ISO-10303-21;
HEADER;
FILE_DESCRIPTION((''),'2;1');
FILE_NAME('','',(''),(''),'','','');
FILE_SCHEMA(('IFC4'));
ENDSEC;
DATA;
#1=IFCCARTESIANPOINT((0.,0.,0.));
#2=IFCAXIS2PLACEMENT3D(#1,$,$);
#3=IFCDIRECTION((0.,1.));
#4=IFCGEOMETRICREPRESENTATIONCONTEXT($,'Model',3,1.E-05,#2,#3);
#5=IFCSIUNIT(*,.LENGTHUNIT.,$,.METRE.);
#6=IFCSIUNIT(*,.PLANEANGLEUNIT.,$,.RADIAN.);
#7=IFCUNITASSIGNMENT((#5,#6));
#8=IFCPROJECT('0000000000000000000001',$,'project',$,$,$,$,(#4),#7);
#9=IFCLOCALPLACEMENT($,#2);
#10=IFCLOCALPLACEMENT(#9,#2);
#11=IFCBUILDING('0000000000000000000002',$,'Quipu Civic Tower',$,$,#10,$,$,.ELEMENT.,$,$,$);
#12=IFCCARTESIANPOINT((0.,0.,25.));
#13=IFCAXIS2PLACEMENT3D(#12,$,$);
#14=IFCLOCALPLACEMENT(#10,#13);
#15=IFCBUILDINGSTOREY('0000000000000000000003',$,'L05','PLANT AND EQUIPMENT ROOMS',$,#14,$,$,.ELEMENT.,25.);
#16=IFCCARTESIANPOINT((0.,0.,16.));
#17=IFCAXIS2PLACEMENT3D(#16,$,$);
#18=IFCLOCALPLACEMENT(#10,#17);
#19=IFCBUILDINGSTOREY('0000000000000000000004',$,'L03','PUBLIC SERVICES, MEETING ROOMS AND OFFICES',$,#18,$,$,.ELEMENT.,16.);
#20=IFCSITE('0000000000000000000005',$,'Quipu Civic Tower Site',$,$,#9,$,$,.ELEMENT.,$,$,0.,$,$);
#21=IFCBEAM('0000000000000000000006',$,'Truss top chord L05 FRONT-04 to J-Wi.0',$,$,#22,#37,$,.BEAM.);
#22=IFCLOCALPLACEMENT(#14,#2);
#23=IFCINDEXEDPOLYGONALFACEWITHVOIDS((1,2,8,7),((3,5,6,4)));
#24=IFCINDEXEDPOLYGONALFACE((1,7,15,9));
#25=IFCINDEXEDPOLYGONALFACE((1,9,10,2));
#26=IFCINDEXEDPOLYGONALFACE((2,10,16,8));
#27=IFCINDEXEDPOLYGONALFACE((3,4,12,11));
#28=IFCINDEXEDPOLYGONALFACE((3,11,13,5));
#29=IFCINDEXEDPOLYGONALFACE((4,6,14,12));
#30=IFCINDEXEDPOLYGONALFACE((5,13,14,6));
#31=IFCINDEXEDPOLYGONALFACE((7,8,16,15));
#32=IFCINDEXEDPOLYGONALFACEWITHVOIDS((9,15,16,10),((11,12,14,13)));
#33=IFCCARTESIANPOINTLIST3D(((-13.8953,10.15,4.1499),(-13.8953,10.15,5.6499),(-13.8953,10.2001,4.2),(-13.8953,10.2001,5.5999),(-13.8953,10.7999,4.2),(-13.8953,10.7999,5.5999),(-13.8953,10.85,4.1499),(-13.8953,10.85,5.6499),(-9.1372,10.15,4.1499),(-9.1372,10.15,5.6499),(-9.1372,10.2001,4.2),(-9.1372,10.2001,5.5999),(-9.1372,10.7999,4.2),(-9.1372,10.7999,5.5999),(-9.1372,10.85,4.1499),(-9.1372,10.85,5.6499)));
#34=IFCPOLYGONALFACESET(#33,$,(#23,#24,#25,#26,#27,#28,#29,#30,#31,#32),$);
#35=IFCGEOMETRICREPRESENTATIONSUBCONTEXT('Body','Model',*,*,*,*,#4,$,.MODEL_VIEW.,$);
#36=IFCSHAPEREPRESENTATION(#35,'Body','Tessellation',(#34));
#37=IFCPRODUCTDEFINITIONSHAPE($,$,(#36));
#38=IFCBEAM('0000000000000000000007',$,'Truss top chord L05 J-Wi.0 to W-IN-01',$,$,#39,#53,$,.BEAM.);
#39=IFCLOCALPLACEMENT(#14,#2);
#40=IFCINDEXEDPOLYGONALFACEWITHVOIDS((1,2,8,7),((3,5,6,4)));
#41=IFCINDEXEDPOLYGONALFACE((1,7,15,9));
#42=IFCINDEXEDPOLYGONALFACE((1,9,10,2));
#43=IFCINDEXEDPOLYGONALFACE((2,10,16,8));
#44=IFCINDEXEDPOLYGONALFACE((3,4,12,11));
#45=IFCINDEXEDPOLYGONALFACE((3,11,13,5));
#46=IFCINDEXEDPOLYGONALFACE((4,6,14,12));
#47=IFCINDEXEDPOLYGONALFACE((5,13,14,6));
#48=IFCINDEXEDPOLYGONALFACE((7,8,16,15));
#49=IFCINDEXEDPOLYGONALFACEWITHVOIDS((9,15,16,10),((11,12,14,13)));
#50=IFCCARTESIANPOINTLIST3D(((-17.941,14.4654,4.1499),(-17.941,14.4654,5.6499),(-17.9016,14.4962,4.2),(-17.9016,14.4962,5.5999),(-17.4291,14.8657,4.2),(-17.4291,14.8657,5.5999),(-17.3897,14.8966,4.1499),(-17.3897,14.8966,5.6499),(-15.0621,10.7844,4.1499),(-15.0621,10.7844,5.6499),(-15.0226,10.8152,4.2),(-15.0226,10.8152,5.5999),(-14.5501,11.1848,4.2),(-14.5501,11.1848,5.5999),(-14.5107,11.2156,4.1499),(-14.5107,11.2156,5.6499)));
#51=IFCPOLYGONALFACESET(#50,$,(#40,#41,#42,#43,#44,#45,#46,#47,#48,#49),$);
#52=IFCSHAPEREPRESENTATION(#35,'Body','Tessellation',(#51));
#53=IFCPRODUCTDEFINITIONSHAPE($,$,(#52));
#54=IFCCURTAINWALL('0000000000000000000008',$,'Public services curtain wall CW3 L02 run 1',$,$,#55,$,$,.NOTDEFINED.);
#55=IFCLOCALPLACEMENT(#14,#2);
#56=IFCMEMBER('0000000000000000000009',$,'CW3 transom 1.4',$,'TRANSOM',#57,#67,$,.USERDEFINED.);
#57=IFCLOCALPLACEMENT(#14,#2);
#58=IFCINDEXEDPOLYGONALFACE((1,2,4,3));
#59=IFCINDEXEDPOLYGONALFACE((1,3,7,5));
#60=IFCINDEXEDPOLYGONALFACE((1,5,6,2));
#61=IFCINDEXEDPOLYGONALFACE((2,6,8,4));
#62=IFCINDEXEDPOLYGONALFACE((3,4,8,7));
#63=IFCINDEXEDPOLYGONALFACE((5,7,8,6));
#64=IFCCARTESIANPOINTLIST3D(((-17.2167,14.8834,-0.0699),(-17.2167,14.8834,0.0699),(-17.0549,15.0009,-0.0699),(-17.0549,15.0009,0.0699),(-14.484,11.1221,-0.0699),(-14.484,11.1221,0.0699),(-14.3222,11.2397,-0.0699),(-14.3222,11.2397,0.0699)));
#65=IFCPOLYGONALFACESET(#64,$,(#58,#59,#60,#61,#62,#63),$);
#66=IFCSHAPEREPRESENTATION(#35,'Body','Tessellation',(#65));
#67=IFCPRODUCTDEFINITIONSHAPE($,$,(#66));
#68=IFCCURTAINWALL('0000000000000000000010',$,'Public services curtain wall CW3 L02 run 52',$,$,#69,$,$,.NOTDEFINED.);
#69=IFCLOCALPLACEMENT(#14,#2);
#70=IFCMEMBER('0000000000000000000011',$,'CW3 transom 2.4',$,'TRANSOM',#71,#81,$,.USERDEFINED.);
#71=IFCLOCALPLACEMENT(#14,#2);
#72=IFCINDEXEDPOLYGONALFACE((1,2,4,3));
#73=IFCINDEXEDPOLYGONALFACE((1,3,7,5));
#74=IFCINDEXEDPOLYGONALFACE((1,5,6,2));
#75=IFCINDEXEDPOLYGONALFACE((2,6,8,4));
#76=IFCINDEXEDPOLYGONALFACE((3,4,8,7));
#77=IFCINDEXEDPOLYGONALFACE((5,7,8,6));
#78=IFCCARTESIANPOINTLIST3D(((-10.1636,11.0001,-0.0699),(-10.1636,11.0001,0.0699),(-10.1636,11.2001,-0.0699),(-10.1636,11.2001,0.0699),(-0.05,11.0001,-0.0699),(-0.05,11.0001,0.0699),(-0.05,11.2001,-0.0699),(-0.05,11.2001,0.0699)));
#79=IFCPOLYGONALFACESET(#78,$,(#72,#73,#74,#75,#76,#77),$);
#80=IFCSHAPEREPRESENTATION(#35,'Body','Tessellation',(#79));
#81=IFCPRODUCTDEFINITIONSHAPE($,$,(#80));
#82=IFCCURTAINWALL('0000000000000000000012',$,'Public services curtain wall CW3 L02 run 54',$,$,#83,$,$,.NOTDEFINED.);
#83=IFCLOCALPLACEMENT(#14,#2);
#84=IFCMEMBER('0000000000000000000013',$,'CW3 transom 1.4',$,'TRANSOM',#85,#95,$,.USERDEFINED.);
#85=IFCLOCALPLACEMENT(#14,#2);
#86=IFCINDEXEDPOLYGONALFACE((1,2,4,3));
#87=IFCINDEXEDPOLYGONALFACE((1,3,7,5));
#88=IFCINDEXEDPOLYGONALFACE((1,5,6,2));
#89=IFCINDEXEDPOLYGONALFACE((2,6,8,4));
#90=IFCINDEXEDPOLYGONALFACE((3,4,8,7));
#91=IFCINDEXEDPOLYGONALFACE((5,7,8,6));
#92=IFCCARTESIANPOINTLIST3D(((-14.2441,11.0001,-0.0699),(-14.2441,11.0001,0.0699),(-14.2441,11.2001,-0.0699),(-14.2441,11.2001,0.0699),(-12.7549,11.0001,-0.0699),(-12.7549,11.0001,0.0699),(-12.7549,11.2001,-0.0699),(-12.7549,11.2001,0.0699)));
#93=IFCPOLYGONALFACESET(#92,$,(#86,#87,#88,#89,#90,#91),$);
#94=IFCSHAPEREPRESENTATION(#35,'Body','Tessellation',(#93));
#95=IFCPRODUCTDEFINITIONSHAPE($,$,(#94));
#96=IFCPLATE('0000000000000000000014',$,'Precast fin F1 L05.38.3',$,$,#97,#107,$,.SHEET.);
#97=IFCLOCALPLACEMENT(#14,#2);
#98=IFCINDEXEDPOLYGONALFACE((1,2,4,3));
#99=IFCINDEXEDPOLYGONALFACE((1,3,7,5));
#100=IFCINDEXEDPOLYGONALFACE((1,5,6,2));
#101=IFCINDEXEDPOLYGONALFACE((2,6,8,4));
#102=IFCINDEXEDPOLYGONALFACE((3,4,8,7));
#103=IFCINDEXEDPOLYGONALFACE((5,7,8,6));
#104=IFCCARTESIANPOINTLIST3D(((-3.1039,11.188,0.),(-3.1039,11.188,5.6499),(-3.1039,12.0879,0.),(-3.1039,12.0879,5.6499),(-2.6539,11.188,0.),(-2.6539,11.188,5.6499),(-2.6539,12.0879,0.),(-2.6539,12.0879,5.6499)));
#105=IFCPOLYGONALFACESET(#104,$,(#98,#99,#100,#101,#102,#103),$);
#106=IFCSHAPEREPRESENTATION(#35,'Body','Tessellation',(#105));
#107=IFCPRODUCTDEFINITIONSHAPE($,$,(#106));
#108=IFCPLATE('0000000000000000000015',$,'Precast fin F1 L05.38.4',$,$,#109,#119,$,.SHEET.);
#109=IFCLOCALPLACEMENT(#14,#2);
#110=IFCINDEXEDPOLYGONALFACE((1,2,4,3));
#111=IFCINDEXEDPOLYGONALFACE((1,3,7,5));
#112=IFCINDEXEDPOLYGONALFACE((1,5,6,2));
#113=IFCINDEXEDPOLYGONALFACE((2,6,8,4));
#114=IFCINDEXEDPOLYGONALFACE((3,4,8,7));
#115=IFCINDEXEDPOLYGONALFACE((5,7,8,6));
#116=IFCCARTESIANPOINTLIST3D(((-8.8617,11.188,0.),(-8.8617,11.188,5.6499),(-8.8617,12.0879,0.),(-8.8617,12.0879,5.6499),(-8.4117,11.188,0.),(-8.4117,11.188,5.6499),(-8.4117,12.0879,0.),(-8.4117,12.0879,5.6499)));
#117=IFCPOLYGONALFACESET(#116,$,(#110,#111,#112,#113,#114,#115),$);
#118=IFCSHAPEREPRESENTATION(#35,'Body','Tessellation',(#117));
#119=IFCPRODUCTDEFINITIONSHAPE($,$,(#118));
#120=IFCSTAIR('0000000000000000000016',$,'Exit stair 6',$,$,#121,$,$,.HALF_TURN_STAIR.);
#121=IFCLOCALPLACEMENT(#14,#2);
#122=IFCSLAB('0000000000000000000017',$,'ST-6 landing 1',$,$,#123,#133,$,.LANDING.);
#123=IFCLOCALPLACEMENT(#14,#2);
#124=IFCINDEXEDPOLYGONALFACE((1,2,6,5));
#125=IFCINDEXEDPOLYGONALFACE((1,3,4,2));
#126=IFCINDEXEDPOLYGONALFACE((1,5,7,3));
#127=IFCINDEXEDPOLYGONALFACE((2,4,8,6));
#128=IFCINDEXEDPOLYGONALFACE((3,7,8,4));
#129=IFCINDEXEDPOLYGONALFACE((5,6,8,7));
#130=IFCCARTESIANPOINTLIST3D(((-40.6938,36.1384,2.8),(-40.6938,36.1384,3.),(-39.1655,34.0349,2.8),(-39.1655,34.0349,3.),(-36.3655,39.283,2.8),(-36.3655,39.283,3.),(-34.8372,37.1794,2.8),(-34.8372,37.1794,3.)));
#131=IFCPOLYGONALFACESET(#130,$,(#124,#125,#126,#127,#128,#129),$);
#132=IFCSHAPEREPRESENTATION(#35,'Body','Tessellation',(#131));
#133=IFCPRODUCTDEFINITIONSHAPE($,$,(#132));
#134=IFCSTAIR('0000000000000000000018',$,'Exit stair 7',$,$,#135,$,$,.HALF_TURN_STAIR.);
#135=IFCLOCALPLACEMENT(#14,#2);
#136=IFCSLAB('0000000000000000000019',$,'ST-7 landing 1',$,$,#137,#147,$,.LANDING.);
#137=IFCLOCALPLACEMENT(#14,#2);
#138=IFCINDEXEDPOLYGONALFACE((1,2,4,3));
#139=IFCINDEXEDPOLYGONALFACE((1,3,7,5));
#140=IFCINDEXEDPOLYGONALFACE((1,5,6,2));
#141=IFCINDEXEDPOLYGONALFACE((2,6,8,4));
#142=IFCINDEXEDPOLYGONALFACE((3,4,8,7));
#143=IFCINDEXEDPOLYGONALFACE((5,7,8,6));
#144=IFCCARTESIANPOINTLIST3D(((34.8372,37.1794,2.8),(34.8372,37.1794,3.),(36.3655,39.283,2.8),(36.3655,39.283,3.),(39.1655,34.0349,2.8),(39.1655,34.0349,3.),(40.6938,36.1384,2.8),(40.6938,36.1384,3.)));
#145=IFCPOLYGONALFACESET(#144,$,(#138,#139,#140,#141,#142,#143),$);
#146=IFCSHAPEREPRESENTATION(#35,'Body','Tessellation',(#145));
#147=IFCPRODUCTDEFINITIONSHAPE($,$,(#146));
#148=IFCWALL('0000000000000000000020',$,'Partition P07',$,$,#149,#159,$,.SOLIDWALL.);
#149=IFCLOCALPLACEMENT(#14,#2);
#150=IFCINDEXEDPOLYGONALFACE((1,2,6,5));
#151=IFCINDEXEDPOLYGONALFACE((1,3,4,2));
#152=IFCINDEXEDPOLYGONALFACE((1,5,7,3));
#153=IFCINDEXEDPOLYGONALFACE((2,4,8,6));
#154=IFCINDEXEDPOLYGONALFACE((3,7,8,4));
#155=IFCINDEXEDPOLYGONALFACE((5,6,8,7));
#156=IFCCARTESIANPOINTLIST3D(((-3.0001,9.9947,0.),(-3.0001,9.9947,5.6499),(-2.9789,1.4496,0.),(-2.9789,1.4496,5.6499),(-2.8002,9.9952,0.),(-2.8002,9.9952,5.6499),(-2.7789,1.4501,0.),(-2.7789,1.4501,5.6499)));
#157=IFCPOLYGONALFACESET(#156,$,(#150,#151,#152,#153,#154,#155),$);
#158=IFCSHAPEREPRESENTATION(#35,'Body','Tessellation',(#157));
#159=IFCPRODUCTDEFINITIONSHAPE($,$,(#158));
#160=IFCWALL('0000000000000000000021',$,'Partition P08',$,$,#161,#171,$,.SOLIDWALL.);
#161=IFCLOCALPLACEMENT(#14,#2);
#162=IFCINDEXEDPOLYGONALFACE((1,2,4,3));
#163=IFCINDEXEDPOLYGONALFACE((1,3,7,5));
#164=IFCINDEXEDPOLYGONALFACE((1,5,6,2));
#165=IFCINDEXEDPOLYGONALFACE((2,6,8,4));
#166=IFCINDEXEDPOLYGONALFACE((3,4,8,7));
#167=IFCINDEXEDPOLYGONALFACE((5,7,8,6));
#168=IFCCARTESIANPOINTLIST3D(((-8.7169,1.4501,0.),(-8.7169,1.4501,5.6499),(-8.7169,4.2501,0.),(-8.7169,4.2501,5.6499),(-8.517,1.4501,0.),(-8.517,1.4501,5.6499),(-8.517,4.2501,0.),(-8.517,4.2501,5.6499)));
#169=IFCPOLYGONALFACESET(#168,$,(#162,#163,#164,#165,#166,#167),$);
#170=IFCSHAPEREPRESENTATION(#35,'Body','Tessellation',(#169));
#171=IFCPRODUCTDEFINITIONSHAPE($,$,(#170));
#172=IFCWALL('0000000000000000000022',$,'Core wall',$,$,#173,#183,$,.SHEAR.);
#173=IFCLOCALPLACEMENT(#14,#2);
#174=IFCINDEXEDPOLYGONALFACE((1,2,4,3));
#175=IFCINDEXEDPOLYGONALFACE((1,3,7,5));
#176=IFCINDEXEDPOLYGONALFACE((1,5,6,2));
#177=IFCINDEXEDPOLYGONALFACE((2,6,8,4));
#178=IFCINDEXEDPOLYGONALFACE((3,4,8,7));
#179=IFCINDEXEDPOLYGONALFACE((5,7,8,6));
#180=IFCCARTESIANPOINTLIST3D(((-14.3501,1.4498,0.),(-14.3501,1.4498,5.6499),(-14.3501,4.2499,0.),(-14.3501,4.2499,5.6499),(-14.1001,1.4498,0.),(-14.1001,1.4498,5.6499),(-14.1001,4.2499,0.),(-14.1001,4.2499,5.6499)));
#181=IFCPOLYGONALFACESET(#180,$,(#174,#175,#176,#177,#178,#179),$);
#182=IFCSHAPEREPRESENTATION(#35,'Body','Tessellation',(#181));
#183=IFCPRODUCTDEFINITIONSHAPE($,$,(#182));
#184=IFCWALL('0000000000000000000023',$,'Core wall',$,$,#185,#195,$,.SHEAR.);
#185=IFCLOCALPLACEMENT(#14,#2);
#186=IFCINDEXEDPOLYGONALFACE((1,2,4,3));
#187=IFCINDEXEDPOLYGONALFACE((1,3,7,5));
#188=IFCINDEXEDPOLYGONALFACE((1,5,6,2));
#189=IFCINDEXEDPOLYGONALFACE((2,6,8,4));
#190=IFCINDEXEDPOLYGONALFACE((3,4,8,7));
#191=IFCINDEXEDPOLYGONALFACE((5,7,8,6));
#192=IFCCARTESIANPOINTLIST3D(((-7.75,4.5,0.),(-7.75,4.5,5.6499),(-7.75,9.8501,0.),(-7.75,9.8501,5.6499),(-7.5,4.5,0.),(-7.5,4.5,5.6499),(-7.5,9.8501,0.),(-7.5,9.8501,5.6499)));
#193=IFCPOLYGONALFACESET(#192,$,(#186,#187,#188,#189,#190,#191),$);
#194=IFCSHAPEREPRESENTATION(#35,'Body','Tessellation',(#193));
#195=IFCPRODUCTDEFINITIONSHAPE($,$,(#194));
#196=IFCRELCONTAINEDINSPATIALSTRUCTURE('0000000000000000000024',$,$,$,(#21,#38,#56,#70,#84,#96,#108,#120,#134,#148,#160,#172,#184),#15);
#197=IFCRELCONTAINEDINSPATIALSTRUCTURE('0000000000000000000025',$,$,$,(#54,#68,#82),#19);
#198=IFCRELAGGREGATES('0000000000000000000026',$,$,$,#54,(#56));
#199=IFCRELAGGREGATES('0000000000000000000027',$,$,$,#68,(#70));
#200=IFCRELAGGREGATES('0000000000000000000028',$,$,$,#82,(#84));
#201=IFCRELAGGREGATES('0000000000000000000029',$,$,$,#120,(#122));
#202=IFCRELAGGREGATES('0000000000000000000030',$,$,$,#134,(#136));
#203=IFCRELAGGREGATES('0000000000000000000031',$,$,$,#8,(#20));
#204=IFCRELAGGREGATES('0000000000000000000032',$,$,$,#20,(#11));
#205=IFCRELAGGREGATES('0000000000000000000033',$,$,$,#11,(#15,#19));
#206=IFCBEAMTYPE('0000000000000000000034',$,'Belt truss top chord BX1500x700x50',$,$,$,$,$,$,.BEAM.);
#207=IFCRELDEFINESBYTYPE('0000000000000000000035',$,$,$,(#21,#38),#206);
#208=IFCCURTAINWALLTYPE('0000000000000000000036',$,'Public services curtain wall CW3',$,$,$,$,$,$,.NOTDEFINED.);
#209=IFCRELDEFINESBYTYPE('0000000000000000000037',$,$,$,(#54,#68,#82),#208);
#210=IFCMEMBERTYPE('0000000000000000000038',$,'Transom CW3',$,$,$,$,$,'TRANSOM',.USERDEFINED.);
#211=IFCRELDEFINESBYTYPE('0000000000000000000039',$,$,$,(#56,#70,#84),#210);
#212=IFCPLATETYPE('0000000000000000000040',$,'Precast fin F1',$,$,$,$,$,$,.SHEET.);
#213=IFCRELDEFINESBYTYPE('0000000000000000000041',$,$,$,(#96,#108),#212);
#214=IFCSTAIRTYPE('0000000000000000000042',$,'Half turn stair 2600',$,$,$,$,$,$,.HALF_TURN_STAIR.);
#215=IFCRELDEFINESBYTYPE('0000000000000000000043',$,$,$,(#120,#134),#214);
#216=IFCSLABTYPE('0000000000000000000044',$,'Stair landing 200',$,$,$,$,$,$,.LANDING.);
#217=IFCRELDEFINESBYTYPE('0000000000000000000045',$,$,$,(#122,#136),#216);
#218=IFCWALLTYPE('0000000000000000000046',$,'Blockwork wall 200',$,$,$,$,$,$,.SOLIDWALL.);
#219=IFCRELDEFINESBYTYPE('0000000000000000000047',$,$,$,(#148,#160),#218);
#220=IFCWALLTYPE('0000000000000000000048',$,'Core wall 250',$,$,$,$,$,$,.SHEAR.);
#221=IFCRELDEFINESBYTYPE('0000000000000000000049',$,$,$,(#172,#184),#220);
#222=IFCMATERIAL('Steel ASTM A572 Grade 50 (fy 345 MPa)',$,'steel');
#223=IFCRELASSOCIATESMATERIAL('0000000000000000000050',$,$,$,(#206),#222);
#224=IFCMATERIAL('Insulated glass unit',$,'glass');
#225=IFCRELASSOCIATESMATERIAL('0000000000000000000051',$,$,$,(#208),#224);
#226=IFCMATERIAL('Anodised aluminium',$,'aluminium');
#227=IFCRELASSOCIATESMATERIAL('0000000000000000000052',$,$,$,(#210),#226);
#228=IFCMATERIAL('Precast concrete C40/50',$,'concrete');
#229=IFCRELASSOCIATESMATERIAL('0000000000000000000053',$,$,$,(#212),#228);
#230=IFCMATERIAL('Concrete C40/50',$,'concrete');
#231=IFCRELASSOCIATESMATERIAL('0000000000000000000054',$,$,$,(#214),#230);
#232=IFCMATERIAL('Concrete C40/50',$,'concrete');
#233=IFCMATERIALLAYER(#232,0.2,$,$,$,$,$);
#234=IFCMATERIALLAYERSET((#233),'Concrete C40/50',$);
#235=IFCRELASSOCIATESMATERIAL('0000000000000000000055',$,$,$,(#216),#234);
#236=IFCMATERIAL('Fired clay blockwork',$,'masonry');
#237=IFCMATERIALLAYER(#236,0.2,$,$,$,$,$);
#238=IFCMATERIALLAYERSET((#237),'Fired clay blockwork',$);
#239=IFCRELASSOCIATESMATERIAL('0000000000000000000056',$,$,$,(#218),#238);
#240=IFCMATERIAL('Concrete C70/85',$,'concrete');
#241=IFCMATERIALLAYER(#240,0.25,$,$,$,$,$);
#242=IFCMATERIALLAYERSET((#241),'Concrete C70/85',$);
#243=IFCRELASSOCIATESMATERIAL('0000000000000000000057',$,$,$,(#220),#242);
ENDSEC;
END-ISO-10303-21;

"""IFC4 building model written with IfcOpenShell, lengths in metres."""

from ifc_helpers import new_model, si_unit, direction, frame, frame_2d, origin, origin_2d, place, context, subcontext, project, spatial, polyline, rectangle, hollow_rectangle, outline, extrude, material, layer, layer_set, material_profile, profile_set, type_object, element, aggregate, save


model = new_model("IFC4")

# Units and contexts
model_context = context("Model", 3, precision=1e-05, world=origin(), true_north=direction((0.0, 1.0)))
body_context = subcontext(model_context, "Body", "Model", "MODEL_VIEW")
ifc_project = project(units=[si_unit("LENGTHUNIT", "METRE"), si_unit("PLANEANGLEUNIT", "RADIAN")], contexts=[model_context])

# Site, building, storey
site_placement = place(None, origin())
site = spatial("IfcSite", under=ifc_project, at=site_placement, Name="Quipu Civic Tower Site", CompositionType="ELEMENT", RefElevation=0.0)
building_placement = place(site_placement, origin())
building = spatial("IfcBuilding", under=site, at=building_placement, Name="Quipu Civic Tower", CompositionType="ELEMENT")
storey_1_placement = place(building_placement, frame((0.0, 0.0, 25.0)))
storey_1 = spatial("IfcBuildingStorey", under=building, at=storey_1_placement, Name="L05", Description="PLANT AND EQUIPMENT ROOMS", CompositionType="ELEMENT", Elevation=25.0)

# Beams
ifc_material_1 = material(Name="Steel ASTM A572 Grade 50 (fy 345 MPa)", Category="steel")
ifc_material_profile_1 = material_profile(ifc_material_1, hollow_rectangle(XDim=0.7, YDim=1.5, WallThickness=0.05, at=origin_2d()), Name="BX1500x700x50")
ifc_profile_set_1 = profile_set([ifc_material_profile_1], Name="Steel ASTM A572 Grade 50 (fy 345 MPa)")
beam_type_1 = type_object("IfcBeamType", Name="Belt truss top chord BX1500x700x50", PredefinedType="BEAM", material=ifc_profile_set_1)
beam_1_placement = place(storey_1_placement, frame((-9.1372, 10.5, 4.8999), z_axis=(-1.0, 0.0, 0.0), x_axis=(0.0, -1.0, 0.0)))
element("IfcBeam", 1, at=beam_1_placement, inside=storey_1, type_object=beam_type_1, Name="Truss top chord L05 FRONT-04 to J-Wi.0", PredefinedType="BEAM", context=body_context, shape_type="SweptSolid", body=[
    extrude(hollow_rectangle(XDim=0.7, YDim=1.5, WallThickness=0.05, at=origin_2d()), origin(), (0.0, 0.0, 1.0), 4.7581),
])
beam_2_placement = place(storey_1_placement, frame((-14.7864, 11.0, 4.8999), z_axis=(-0.616069, 0.787692, 0.0), x_axis=(-0.787692, -0.616069, 0.0)))
element("IfcBeam", 2, at=beam_2_placement, inside=storey_1, type_object=beam_type_1, Name="Truss top chord L05 J-Wi.0 to W-IN-01", PredefinedType="BEAM", context=body_context, shape_type="SweptSolid", body=[
    extrude(hollow_rectangle(XDim=0.7, YDim=1.5, WallThickness=0.05, at=origin_2d()), origin(), (0.0, 0.0, 1.0), 4.6731),
])

# Shared definitions
storey_2_placement = place(building_placement, frame((0.0, 0.0, 16.0)))
storey_2 = spatial("IfcBuildingStorey", under=building, at=storey_2_placement, Name="L03", Description="PUBLIC SERVICES, MEETING ROOMS AND OFFICES", CompositionType="ELEMENT", Elevation=16.0)

# Curtain walls, members
ifc_material_2 = material(Name="Insulated glass unit", Category="glass")
curtain_wall_type = type_object("IfcCurtainWallType", Name="Public services curtain wall CW3", PredefinedType="NOTDEFINED", material=ifc_material_2)
curtain_wall_1_placement = place(storey_2_placement, origin())
curtain_wall_1 = element("IfcCurtainWall", 3, at=curtain_wall_1_placement, inside=storey_2, type_object=curtain_wall_type, Name="Public services curtain wall CW3 L02 run 1", PredefinedType="NOTDEFINED")
ifc_material_3 = material(Name="Anodised aluminium", Category="aluminium")
ifc_material_profile_2 = material_profile(ifc_material_3, rectangle(XDim=0.2, YDim=0.1399, at=origin_2d()), Name="RECT 200x140")
ifc_profile_set_2 = profile_set([ifc_material_profile_2], Name="Anodised aluminium")
member_type_1 = type_object("IfcMemberType", Name="Transom CW3", ElementType="TRANSOM", PredefinedType="USERDEFINED", material=ifc_profile_set_2)
member_1_placement = place(storey_1_placement, frame((-14.4031, 11.1809, 0.0), z_axis=(-0.587781, 0.80902, 0.0), x_axis=(-0.80902, -0.587781, 0.0)))
member_1 = element("IfcMember", 4, at=member_1_placement, inside=storey_1, type_object=member_type_1, Name="CW3 transom 1.4", ObjectType="TRANSOM", PredefinedType="USERDEFINED", context=body_context, shape_type="SweptSolid", body=[
    extrude(rectangle(XDim=0.2, YDim=0.1399, at=origin_2d()), origin(), (0.0, 0.0, 1.0), 4.6492),
])
aggregate(curtain_wall_1, [member_1])
curtain_wall_2_placement = place(storey_2_placement, origin())
curtain_wall_2 = element("IfcCurtainWall", 5, at=curtain_wall_2_placement, inside=storey_2, type_object=curtain_wall_type, Name="Public services curtain wall CW3 L02 run 52", PredefinedType="NOTDEFINED")
member_2_placement = place(storey_1_placement, frame((-0.05, 11.1001, 0.0), z_axis=(-1.0, 0.0, 0.0), x_axis=(0.0, -1.0, 0.0)))
member_2 = element("IfcMember", 6, at=member_2_placement, inside=storey_1, type_object=member_type_1, Name="CW3 transom 2.4", ObjectType="TRANSOM", PredefinedType="USERDEFINED", context=body_context, shape_type="SweptSolid", body=[
    extrude(rectangle(XDim=0.2, YDim=0.1399, at=origin_2d()), origin(), (0.0, 0.0, 1.0), 10.1135),
])
aggregate(curtain_wall_2, [member_2])
curtain_wall_3_placement = place(storey_2_placement, origin())
curtain_wall_3 = element("IfcCurtainWall", 7, at=curtain_wall_3_placement, inside=storey_2, type_object=curtain_wall_type, Name="Public services curtain wall CW3 L02 run 54", PredefinedType="NOTDEFINED")
member_3_placement = place(storey_1_placement, frame((-12.7549, 11.1001, 0.0), z_axis=(-1.0, 0.0, 0.0), x_axis=(0.0, -1.0, 0.0)))
member_3 = element("IfcMember", 8, at=member_3_placement, inside=storey_1, type_object=member_type_1, Name="CW3 transom 1.4", ObjectType="TRANSOM", PredefinedType="USERDEFINED", context=body_context, shape_type="SweptSolid", body=[
    extrude(rectangle(XDim=0.2, YDim=0.1399, at=origin_2d()), origin(), (0.0, 0.0, 1.0), 1.4893),
])
aggregate(curtain_wall_3, [member_3])

# Plates
ifc_material_4 = material(Name="Precast concrete C40/50", Category="concrete")
plate_type = type_object("IfcPlateType", Name="Precast fin F1", PredefinedType="SHEET", material=ifc_material_4)
for number, where, z_axis, x_axis, name in (
    (9, (-2.8789, 11.6379, 0.0), (0.0, 0.0, 1.0), (-1.0, 0.0, 0.0), "Precast fin F1 L05.38.3"),
    (10, (-8.6367, 11.6379, 0.0), (0.0, 0.0, 1.0), (-1.0, 0.0, 0.0), "Precast fin F1 L05.38.4"),
):
    element("IfcPlate", number, at=place(storey_1_placement, frame(where, z_axis=z_axis, x_axis=x_axis)), inside=storey_1, type_object=plate_type, Name=name, PredefinedType="SHEET", context=body_context, shape_type="SweptSolid", body=[
        extrude(rectangle(XDim=0.45, YDim=0.8999, at=origin_2d()), origin(), (0.0, 0.0, 1.0), 5.6499),
    ])

# Stairs, slabs
ifc_material_5 = material(Name="Concrete C40/50", Category="concrete")
stair_type = type_object("IfcStairType", Name="Half turn stair 2600", PredefinedType="HALF_TURN_STAIR", material=ifc_material_5)
stair_1_placement = place(storey_1_placement, origin())
stair_1 = element("IfcStair", 11, at=stair_1_placement, inside=storey_1, type_object=stair_type, Name="Exit stair 6", PredefinedType="HALF_TURN_STAIR")
ifc_material_6 = material(Name="Concrete C40/50", Category="concrete")
ifc_layer_1 = layer(ifc_material_6, 0.2)
ifc_layer_set_1 = layer_set([ifc_layer_1], Name="Concrete C40/50")
slab_type = type_object("IfcSlabType", Name="Stair landing 200", PredefinedType="LANDING", material=ifc_layer_set_1)
slab_1_placement = place(storey_1_placement, frame((0.0, 0.0, 2.8)))
slab_1 = element("IfcSlab", 12, at=slab_1_placement, type_object=slab_type, Name="ST-6 landing 1", PredefinedType="LANDING", context=body_context, shape_type="SweptSolid", body=[
    extrude(outline(polyline([(-34.8372, 37.1794), (-36.3655, 39.283), (-40.6938, 36.1384), (-39.1655, 34.0349), (-34.8372, 37.1794)])), origin(), (0.0, 0.0, 1.0), 0.2),
])
aggregate(stair_1, [slab_1])
stair_2_placement = place(storey_1_placement, origin())
stair_2 = element("IfcStair", 13, at=stair_2_placement, inside=storey_1, type_object=stair_type, Name="Exit stair 7", PredefinedType="HALF_TURN_STAIR")
slab_2_placement = place(storey_1_placement, frame((0.0, 0.0, 2.8)))
slab_2 = element("IfcSlab", 14, at=slab_2_placement, type_object=slab_type, Name="ST-7 landing 1", PredefinedType="LANDING", context=body_context, shape_type="SweptSolid", body=[
    extrude(outline(polyline([(39.1655, 34.0349), (40.6938, 36.1384), (36.3655, 39.283), (34.8372, 37.1794), (39.1655, 34.0349)])), origin(), (0.0, 0.0, 1.0), 0.2),
])
aggregate(stair_2, [slab_2])

# Walls
ifc_material_7 = material(Name="Fired clay blockwork", Category="masonry")
ifc_layer_2 = layer(ifc_material_7, 0.2)
ifc_layer_set_2 = layer_set([ifc_layer_2], Name="Fired clay blockwork")
wall_type_1 = type_object("IfcWallType", Name="Blockwork wall 200", PredefinedType="SOLIDWALL", material=ifc_layer_set_2)
wall_1_placement = place(storey_1_placement, frame((-2.8789, 1.45, 0.0), z_axis=(0.0, 0.0, 1.0), x_axis=(-0.002486, 0.999997, 0.0)))
element("IfcWall", 15, at=wall_1_placement, inside=storey_1, type_object=wall_type_1, Name="Partition P07", PredefinedType="SOLIDWALL", context=body_context, shape_type="SweptSolid", body=[
    extrude(rectangle(XDim=8.5452, YDim=0.2, at=frame_2d((4.2725, 0.0))), origin(), (0.0, 0.0, 1.0), 5.6499),
])
wall_2_placement = place(storey_1_placement, frame((-8.6169, 4.25, 0.0), z_axis=(0.0, 0.0, 1.0), x_axis=(0.0, -1.0, 0.0)))
element("IfcWall", 16, at=wall_2_placement, inside=storey_1, type_object=wall_type_1, Name="Partition P08", PredefinedType="SOLIDWALL", context=body_context, shape_type="SweptSolid", body=[
    extrude(rectangle(XDim=2.8, YDim=0.2, at=frame_2d((1.3999, 0.0))), origin(), (0.0, 0.0, 1.0), 5.6499),
])
ifc_material_8 = material(Name="Concrete C70/85", Category="concrete")
ifc_layer_3 = layer(ifc_material_8, 0.25)
ifc_layer_set_3 = layer_set([ifc_layer_3], Name="Concrete C70/85")
wall_type_2 = type_object("IfcWallType", Name="Core wall 250", PredefinedType="SHEAR", material=ifc_layer_set_3)
wall_3_placement = place(storey_1_placement, frame((-14.2251, 1.45, 0.0), z_axis=(0.0, 0.0, 1.0), x_axis=(0.0, 1.0, 0.0)))
element("IfcWall", 17, at=wall_3_placement, inside=storey_1, type_object=wall_type_2, Name="Core wall", PredefinedType="SHEAR", context=body_context, shape_type="SweptSolid", body=[
    extrude(rectangle(XDim=2.8, YDim=0.25, at=frame_2d((1.3999, 0.0))), origin(), (0.0, 0.0, 1.0), 5.6499),
])
wall_4_placement = place(storey_1_placement, frame((-7.625, 4.5, 0.0), z_axis=(0.0, 0.0, 1.0), x_axis=(0.0, 1.0, 0.0)))
element("IfcWall", 18, at=wall_4_placement, inside=storey_1, type_object=wall_type_2, Name="Core wall", PredefinedType="SHEAR", context=body_context, shape_type="SweptSolid", body=[
    extrude(rectangle(XDim=5.3501, YDim=0.25, at=frame_2d((2.675, 0.0))), origin(), (0.0, 0.0, 1.0), 5.6499),
])

save(model, "model.ifc")
